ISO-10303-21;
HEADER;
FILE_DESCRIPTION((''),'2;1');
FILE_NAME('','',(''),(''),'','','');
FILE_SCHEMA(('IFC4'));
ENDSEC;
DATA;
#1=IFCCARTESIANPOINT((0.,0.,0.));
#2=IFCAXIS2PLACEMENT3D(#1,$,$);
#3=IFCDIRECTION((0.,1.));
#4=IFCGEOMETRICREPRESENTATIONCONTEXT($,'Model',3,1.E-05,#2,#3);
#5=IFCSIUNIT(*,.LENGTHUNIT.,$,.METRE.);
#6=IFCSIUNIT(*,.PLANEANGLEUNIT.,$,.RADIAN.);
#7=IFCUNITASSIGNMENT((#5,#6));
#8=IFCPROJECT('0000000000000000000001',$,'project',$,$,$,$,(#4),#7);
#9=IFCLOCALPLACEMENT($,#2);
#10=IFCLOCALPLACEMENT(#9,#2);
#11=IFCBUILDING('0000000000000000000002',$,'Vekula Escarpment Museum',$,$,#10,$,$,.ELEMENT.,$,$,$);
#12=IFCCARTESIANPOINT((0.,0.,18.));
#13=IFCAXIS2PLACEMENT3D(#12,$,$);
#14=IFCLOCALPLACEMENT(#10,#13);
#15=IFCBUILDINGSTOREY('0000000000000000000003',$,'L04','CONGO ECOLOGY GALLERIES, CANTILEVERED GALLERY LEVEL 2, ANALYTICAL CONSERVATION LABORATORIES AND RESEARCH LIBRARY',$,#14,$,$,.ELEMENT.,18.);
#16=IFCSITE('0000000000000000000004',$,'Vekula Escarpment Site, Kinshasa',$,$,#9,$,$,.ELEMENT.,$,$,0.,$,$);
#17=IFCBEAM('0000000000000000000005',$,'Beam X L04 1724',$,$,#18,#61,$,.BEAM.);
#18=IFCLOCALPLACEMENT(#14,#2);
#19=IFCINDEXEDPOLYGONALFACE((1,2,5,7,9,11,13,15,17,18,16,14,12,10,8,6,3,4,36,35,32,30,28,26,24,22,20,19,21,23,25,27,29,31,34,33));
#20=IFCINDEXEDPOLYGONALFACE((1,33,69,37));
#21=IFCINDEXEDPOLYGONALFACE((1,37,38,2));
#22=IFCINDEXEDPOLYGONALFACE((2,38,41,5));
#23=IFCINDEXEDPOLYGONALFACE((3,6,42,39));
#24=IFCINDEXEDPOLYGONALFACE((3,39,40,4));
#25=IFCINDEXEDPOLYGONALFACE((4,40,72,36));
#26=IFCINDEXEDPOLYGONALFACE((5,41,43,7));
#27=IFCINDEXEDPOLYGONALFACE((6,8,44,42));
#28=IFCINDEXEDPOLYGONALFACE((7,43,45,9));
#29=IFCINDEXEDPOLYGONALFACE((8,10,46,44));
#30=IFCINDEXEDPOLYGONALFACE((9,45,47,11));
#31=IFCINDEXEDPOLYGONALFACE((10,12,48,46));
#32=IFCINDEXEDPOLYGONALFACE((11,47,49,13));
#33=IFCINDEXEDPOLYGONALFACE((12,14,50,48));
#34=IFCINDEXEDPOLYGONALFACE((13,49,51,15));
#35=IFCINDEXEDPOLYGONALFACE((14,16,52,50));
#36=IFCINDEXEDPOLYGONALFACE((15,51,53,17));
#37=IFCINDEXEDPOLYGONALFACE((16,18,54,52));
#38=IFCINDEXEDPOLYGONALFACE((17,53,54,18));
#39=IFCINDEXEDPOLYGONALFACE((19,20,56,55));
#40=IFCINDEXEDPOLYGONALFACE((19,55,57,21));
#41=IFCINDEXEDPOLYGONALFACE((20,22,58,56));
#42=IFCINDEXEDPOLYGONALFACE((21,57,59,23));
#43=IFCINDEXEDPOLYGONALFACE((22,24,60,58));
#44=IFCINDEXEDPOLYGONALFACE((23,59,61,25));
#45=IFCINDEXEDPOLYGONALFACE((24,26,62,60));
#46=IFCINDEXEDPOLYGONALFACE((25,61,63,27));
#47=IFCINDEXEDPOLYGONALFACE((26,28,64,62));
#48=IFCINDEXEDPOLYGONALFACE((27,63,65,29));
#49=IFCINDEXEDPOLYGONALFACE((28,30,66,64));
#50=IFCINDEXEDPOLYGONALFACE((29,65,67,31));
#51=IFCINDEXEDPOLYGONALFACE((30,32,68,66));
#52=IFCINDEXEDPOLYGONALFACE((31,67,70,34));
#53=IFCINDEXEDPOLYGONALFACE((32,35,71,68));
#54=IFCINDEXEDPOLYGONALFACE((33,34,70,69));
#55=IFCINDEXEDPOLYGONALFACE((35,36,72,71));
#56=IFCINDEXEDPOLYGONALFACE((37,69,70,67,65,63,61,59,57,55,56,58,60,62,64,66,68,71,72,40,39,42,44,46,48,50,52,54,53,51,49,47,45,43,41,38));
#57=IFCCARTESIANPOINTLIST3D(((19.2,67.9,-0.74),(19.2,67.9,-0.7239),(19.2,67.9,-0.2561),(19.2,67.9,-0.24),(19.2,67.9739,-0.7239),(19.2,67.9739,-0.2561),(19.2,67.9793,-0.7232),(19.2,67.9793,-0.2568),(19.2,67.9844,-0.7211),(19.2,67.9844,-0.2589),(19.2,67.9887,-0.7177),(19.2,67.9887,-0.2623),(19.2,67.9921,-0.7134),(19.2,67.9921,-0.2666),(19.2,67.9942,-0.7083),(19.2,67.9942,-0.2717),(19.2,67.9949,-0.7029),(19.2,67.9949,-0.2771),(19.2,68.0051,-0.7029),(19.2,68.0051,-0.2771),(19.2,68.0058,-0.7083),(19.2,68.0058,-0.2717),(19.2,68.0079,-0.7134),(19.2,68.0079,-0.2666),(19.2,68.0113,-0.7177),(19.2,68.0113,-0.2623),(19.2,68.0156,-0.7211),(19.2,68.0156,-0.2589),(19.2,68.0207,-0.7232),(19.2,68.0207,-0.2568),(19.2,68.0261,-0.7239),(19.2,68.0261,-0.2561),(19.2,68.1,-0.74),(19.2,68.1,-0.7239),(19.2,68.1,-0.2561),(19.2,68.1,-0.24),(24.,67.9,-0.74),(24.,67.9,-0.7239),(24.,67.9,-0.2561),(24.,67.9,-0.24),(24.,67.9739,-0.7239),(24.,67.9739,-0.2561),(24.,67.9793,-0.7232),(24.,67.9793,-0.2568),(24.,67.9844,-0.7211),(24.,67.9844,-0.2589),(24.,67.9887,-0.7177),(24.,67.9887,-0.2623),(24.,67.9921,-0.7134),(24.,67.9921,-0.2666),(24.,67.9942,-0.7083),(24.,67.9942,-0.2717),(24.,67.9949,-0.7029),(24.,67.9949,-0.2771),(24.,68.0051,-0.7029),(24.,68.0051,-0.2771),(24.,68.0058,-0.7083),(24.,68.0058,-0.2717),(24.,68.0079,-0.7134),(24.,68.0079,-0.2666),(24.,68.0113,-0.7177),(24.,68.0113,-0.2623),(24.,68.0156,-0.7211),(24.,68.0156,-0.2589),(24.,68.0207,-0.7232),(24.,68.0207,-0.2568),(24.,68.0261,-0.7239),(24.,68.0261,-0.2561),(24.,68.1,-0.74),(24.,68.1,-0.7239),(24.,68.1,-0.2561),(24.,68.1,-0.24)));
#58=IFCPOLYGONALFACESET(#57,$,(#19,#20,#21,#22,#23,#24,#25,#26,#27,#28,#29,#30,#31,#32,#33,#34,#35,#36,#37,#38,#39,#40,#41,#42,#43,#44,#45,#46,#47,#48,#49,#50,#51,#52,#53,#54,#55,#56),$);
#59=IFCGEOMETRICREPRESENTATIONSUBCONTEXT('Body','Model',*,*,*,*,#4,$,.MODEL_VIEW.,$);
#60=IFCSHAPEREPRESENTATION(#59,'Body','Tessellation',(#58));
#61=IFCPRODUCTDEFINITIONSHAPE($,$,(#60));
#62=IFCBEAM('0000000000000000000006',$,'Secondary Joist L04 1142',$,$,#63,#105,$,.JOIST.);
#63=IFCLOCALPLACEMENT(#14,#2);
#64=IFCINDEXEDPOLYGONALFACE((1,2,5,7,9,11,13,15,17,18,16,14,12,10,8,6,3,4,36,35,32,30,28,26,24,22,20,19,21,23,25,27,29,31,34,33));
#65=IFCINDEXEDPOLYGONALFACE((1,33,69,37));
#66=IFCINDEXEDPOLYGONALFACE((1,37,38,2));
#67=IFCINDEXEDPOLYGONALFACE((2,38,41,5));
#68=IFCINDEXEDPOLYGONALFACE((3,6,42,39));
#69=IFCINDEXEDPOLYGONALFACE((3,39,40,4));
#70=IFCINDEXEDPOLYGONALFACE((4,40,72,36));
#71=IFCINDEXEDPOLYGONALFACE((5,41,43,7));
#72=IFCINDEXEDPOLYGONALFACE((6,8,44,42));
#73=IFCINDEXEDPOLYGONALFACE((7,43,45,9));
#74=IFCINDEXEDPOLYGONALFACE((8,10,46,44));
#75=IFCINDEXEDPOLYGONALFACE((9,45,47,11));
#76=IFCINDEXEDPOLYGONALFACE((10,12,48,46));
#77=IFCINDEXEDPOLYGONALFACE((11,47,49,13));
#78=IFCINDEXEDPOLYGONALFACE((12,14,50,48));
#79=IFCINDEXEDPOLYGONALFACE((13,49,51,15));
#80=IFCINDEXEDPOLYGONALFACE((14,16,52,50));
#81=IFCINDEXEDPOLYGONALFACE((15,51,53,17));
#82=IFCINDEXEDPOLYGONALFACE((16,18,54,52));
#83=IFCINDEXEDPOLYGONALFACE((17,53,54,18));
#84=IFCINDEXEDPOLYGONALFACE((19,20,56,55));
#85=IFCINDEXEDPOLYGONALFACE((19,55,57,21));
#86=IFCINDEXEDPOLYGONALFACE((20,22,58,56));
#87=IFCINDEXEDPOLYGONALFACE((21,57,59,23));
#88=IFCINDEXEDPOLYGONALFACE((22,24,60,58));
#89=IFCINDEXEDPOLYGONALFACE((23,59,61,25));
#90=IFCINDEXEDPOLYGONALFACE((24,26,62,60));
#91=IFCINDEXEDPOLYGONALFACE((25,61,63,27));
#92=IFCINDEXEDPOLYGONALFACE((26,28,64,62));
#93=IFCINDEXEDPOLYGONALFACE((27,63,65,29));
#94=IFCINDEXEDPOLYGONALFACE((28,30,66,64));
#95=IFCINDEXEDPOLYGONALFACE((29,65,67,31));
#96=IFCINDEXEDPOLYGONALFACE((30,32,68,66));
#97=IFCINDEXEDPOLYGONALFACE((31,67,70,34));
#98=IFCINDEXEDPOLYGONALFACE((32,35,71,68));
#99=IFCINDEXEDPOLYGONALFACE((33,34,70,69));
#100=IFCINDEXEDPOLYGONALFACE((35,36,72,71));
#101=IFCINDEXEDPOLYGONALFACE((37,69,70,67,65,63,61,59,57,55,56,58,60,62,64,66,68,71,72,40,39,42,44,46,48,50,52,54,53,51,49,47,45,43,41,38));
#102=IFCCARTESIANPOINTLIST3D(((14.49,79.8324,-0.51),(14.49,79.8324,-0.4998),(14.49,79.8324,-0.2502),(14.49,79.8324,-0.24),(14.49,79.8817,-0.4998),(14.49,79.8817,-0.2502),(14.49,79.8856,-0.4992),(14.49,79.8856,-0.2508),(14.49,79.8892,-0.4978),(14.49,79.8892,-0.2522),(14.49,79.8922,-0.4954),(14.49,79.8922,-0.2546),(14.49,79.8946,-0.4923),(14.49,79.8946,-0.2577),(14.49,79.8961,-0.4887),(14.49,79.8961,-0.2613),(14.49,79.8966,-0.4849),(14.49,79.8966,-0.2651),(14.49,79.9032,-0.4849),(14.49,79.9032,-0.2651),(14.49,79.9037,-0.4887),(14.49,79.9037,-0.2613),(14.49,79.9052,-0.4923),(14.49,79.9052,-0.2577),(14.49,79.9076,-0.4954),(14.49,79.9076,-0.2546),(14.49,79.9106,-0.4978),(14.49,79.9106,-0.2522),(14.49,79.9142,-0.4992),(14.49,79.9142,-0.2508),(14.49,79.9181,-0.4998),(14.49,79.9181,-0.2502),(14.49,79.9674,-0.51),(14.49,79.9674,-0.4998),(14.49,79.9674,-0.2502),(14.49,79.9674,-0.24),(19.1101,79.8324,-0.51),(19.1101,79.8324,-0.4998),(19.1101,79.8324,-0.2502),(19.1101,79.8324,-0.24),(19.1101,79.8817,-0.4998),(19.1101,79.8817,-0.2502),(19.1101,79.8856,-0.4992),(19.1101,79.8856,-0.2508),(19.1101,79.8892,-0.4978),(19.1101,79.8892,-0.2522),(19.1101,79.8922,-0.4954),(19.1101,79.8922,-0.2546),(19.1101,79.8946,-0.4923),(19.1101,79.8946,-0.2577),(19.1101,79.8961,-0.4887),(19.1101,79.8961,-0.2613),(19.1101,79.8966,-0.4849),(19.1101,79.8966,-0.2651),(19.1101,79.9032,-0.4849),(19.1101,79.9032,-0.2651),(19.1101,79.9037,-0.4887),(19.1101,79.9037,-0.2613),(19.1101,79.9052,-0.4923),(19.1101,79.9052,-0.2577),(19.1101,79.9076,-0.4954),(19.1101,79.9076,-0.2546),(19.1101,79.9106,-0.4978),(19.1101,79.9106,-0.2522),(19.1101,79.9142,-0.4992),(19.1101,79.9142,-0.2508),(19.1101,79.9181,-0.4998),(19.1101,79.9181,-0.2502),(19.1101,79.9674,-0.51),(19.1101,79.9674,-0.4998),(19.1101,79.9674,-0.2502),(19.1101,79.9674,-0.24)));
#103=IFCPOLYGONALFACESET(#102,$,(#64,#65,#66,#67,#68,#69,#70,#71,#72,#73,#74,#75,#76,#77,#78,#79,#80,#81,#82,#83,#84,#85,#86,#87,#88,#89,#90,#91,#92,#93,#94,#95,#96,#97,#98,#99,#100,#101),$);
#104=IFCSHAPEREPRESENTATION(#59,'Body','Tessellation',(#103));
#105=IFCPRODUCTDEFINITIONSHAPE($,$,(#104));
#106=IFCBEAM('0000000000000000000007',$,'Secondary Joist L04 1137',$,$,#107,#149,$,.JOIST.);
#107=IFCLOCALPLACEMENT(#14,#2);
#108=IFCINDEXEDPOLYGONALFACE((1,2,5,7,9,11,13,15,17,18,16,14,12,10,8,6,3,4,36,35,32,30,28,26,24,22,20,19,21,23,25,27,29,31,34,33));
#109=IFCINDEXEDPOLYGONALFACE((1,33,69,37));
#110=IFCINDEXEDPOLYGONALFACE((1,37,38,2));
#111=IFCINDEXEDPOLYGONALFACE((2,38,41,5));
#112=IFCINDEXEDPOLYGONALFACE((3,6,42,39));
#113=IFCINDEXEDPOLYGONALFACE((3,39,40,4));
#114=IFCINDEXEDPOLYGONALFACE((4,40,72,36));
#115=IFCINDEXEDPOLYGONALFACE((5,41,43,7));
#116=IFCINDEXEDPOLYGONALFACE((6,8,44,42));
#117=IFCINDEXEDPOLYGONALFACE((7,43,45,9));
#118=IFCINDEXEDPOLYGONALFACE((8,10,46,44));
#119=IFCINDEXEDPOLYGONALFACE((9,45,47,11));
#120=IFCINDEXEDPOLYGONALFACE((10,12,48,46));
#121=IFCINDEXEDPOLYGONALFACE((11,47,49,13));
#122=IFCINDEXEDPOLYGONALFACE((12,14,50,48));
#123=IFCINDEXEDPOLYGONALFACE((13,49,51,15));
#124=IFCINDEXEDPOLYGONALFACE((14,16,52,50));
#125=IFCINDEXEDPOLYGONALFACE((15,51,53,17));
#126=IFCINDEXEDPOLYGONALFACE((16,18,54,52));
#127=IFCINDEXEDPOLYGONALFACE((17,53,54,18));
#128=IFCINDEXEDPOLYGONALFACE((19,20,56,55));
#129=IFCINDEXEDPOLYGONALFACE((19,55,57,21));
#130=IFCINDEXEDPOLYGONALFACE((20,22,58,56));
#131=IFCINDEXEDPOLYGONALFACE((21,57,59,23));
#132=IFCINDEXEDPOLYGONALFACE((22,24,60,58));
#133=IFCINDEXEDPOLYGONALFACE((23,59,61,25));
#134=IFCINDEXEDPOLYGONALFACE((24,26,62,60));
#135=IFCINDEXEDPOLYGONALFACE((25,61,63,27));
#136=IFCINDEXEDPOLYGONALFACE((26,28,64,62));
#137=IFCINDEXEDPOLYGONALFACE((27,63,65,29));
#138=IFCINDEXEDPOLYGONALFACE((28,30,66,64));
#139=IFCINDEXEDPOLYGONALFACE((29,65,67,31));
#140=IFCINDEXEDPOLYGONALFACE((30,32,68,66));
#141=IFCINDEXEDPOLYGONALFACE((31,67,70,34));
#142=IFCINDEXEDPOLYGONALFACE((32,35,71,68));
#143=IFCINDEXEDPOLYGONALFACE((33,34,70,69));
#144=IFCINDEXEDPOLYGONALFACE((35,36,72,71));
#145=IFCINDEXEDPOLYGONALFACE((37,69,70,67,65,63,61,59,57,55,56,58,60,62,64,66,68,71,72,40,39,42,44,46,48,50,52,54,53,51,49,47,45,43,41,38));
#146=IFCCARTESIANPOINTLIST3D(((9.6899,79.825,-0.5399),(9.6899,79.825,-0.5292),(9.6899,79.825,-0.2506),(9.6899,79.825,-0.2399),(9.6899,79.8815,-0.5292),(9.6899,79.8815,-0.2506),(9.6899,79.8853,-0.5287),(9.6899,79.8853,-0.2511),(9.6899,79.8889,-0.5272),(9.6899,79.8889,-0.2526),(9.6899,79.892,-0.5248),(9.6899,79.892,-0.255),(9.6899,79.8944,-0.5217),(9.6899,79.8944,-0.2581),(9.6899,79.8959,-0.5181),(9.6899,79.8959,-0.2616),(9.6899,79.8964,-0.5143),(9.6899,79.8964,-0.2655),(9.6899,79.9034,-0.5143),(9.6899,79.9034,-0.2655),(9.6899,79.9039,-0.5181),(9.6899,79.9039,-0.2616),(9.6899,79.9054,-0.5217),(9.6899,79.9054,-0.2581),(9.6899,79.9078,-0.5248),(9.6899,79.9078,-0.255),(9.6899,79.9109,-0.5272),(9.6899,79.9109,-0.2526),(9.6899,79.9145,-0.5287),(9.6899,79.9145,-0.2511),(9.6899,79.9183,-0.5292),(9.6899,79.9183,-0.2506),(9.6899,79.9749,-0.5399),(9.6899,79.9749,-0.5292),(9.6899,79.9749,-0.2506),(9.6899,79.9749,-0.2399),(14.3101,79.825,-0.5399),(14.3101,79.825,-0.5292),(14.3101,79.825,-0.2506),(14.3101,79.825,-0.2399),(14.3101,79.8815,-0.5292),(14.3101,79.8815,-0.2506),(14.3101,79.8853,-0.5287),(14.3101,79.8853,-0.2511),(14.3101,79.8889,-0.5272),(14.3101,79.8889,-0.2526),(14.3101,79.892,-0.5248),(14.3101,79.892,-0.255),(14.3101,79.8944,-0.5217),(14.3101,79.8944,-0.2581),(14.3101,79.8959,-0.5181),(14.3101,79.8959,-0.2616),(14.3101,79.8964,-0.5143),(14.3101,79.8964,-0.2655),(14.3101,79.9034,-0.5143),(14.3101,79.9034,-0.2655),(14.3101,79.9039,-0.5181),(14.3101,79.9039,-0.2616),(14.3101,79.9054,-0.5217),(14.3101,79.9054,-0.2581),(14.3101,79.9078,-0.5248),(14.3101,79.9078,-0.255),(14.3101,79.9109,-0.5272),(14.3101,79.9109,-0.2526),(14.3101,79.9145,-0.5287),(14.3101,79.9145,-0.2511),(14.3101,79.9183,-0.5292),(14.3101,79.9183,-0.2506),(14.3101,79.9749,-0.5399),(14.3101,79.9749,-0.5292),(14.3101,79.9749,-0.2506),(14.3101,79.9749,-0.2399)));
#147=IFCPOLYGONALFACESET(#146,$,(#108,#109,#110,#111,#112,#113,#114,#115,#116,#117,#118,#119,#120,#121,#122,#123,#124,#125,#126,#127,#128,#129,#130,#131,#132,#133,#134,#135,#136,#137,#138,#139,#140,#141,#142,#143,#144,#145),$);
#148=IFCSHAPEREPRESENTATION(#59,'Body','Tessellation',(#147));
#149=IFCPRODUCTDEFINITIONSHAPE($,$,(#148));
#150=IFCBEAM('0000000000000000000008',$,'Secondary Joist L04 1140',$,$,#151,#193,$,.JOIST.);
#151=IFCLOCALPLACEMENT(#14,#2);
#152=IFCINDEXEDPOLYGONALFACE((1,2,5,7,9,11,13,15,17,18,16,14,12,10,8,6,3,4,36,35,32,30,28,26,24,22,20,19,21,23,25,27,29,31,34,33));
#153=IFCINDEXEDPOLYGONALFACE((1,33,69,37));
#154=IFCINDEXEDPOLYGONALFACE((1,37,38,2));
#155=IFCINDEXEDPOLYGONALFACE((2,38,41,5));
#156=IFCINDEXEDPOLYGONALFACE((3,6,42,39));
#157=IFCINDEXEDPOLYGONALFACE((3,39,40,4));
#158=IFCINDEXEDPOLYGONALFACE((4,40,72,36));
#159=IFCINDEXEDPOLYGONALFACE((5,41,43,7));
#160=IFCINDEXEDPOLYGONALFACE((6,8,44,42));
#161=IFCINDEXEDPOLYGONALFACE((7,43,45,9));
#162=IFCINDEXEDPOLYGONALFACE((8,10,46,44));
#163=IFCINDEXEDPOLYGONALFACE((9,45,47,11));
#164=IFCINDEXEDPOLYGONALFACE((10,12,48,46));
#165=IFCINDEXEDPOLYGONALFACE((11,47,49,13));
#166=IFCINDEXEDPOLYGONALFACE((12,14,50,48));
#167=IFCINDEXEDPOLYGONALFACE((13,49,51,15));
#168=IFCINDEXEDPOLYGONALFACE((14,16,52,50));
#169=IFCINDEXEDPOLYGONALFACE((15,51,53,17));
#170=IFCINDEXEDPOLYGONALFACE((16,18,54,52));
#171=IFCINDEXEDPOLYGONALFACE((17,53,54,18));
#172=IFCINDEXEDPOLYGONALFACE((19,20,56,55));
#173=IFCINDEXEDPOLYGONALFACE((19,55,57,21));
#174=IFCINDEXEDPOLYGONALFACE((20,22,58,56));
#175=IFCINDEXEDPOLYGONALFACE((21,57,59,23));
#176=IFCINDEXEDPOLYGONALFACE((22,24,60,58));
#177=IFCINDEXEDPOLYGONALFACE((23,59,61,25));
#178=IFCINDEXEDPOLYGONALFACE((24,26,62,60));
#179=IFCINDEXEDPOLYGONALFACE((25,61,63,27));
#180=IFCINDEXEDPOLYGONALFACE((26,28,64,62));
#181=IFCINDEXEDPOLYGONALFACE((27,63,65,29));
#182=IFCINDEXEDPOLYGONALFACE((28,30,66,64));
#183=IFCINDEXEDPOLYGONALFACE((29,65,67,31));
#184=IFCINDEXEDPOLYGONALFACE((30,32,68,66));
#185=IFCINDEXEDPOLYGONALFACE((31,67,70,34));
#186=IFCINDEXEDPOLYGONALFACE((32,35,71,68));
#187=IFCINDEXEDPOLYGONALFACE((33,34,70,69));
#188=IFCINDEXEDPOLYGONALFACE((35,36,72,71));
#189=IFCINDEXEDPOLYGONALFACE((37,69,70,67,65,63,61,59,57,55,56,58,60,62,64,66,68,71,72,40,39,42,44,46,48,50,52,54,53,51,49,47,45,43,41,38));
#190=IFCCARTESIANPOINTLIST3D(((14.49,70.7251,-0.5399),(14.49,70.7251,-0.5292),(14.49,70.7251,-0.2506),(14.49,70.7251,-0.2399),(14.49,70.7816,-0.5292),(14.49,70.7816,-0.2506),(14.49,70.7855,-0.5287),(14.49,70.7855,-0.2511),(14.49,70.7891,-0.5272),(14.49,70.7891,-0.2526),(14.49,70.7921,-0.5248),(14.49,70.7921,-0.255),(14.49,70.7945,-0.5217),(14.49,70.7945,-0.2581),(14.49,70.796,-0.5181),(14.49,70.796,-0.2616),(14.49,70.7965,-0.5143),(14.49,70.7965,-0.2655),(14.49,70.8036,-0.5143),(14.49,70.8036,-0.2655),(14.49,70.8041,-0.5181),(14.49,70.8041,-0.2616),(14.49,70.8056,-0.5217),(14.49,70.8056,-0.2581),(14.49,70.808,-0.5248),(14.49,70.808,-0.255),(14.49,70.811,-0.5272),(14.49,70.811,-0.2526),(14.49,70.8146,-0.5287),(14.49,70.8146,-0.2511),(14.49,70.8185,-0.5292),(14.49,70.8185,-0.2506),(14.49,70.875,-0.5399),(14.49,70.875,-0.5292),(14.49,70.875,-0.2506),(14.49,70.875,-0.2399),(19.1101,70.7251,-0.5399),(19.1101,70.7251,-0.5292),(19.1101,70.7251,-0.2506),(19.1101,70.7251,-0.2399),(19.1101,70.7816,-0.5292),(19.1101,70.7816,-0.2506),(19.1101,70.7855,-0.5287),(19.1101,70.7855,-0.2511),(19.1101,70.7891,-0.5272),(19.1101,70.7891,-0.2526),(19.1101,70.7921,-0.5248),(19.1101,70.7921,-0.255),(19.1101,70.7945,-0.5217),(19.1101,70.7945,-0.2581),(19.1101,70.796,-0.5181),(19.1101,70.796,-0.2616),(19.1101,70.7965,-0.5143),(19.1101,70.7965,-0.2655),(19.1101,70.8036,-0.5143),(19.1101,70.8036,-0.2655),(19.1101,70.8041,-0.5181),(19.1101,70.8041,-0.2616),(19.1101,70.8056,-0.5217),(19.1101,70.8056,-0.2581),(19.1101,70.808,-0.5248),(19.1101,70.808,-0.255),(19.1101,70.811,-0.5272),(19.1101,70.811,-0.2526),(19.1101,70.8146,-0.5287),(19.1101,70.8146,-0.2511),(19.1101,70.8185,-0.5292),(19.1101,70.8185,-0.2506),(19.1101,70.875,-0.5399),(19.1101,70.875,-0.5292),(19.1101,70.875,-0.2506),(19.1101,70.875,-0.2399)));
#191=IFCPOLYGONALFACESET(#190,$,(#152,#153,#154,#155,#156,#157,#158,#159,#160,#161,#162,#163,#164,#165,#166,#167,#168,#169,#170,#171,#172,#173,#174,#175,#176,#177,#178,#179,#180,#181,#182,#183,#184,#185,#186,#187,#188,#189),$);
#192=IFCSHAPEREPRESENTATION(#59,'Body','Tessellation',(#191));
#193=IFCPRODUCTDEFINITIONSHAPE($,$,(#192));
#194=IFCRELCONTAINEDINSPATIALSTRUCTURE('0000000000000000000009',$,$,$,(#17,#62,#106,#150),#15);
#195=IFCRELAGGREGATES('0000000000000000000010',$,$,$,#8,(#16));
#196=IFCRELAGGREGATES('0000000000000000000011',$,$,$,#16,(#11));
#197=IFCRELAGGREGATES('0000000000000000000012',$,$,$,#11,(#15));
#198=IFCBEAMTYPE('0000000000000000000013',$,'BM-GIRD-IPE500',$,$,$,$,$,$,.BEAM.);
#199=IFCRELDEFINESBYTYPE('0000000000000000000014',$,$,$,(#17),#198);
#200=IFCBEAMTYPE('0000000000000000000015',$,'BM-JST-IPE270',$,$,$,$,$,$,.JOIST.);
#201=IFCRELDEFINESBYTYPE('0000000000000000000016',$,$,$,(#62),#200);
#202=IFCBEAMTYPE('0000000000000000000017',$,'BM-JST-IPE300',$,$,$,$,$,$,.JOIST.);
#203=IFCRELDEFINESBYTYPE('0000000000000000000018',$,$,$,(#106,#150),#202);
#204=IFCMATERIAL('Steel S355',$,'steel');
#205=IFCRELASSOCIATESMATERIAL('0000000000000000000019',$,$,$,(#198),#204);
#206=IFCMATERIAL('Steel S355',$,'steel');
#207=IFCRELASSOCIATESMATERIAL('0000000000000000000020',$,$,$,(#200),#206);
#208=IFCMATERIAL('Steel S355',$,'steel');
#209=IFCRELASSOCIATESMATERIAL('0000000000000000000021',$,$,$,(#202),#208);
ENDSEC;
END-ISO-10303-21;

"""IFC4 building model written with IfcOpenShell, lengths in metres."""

from ifc_helpers import new_model, si_unit, direction, frame, origin, origin_2d, place, context, subcontext, project, spatial, i_section, extrude, material, material_profile, profile_set, type_object, element, save


model = new_model("IFC4")

# Units and contexts
model_context = context("Model", 3, precision=1e-05, world=origin(), true_north=direction((0.0, 1.0)))
body_context = subcontext(model_context, "Body", "Model", "MODEL_VIEW")
ifc_project = project(units=[si_unit("LENGTHUNIT", "METRE"), si_unit("PLANEANGLEUNIT", "RADIAN")], contexts=[model_context])

# Site, building, storey
site_placement = place(None, origin())
site = spatial("IfcSite", under=ifc_project, at=site_placement, Name="Vekula Escarpment Site, Kinshasa", CompositionType="ELEMENT", RefElevation=0.0)
building_placement = place(site_placement, origin())
building = spatial("IfcBuilding", under=site, at=building_placement, Name="Vekula Escarpment Museum", CompositionType="ELEMENT")
storey_placement = place(building_placement, frame((0.0, 0.0, 18.0)))
storey = spatial("IfcBuildingStorey", under=building, at=storey_placement, Name="L04", Description="CONGO ECOLOGY GALLERIES, CANTILEVERED GALLERY LEVEL 2, ANALYTICAL CONSERVATION LABORATORIES AND RESEARCH LIBRARY", CompositionType="ELEMENT", Elevation=18.0)

# Beams
ifc_material_1 = material(Name="Steel S355", Category="steel")
ifc_material_profile_1 = material_profile(ifc_material_1, i_section(OverallWidth=0.2, OverallDepth=0.5, WebThickness=0.0103, FlangeThickness=0.0161, FilletRadius=0.021, at=origin_2d()), Name="IPE 500")
ifc_profile_set_1 = profile_set([ifc_material_profile_1], Name="Steel S355")
beam_type_1 = type_object("IfcBeamType", Name="BM-GIRD-IPE500", PredefinedType="BEAM", material=ifc_profile_set_1)
beam_1_placement = place(storey_placement, frame((19.2, 68.0, -0.49), z_axis=(1.0, 0.0, 0.0), x_axis=(0.0, 1.0, 0.0)))
element("IfcBeam", 1, at=beam_1_placement, inside=storey, type_object=beam_type_1, Name="Beam X L04 1724", PredefinedType="BEAM", context=body_context, shape_type="SweptSolid", body=[
    extrude(i_section(OverallWidth=0.2, OverallDepth=0.5, WebThickness=0.0103, FlangeThickness=0.0161, FilletRadius=0.021, at=origin_2d()), origin(), (0.0, 0.0, 1.0), 4.8),
])
ifc_material_2 = material(Name="Steel S355", Category="steel")
ifc_material_profile_2 = material_profile(ifc_material_2, i_section(OverallWidth=0.135, OverallDepth=0.27, WebThickness=0.0066, FlangeThickness=0.0103, FilletRadius=0.0149, at=origin_2d()), Name="IPE 270")
ifc_profile_set_2 = profile_set([ifc_material_profile_2], Name="Steel S355")
beam_type_2 = type_object("IfcBeamType", Name="BM-JST-IPE270", PredefinedType="JOIST", material=ifc_profile_set_2)
beam_2_placement = place(storey_placement, frame((14.49, 79.8999, -0.375), z_axis=(1.0, 0.0, 0.0), x_axis=(0.0, 1.0, 0.0)))
element("IfcBeam", 2, at=beam_2_placement, inside=storey, type_object=beam_type_2, Name="Secondary Joist L04 1142", PredefinedType="JOIST", context=body_context, shape_type="SweptSolid", body=[
    extrude(i_section(OverallWidth=0.135, OverallDepth=0.27, WebThickness=0.0066, FlangeThickness=0.0103, FilletRadius=0.0149, at=origin_2d()), origin(), (0.0, 0.0, 1.0), 4.6201),
])
ifc_material_3 = material(Name="Steel S355", Category="steel")
ifc_material_profile_3 = material_profile(ifc_material_3, i_section(OverallWidth=0.1499, OverallDepth=0.3, WebThickness=0.0071, FlangeThickness=0.0107, FilletRadius=0.0149, at=origin_2d()), Name="IPE 300")
ifc_profile_set_3 = profile_set([ifc_material_profile_3], Name="Steel S355")
beam_type_3 = type_object("IfcBeamType", Name="BM-JST-IPE300", PredefinedType="JOIST", material=ifc_profile_set_3)
for number, where, z_axis, x_axis, name in (
    (3, (9.6899, 79.8999, -0.3899), (1.0, 0.0, 0.0), (0.0, 1.0, 0.0), "Secondary Joist L04 1137"),
    (4, (14.49, 70.8, -0.3899), (1.0, 0.0, 0.0), (0.0, 1.0, 0.0), "Secondary Joist L04 1140"),
):
    element("IfcBeam", number, at=place(storey_placement, frame(where, z_axis=z_axis, x_axis=x_axis)), inside=storey, type_object=beam_type_3, Name=name, PredefinedType="JOIST", context=body_context, shape_type="SweptSolid", body=[
        extrude(i_section(OverallWidth=0.1499, OverallDepth=0.3, WebThickness=0.0071, FlangeThickness=0.0107, FilletRadius=0.0149, at=origin_2d()), origin(), (0.0, 0.0, 1.0), 4.6201),
    ])

save(model, "model.ifc")
